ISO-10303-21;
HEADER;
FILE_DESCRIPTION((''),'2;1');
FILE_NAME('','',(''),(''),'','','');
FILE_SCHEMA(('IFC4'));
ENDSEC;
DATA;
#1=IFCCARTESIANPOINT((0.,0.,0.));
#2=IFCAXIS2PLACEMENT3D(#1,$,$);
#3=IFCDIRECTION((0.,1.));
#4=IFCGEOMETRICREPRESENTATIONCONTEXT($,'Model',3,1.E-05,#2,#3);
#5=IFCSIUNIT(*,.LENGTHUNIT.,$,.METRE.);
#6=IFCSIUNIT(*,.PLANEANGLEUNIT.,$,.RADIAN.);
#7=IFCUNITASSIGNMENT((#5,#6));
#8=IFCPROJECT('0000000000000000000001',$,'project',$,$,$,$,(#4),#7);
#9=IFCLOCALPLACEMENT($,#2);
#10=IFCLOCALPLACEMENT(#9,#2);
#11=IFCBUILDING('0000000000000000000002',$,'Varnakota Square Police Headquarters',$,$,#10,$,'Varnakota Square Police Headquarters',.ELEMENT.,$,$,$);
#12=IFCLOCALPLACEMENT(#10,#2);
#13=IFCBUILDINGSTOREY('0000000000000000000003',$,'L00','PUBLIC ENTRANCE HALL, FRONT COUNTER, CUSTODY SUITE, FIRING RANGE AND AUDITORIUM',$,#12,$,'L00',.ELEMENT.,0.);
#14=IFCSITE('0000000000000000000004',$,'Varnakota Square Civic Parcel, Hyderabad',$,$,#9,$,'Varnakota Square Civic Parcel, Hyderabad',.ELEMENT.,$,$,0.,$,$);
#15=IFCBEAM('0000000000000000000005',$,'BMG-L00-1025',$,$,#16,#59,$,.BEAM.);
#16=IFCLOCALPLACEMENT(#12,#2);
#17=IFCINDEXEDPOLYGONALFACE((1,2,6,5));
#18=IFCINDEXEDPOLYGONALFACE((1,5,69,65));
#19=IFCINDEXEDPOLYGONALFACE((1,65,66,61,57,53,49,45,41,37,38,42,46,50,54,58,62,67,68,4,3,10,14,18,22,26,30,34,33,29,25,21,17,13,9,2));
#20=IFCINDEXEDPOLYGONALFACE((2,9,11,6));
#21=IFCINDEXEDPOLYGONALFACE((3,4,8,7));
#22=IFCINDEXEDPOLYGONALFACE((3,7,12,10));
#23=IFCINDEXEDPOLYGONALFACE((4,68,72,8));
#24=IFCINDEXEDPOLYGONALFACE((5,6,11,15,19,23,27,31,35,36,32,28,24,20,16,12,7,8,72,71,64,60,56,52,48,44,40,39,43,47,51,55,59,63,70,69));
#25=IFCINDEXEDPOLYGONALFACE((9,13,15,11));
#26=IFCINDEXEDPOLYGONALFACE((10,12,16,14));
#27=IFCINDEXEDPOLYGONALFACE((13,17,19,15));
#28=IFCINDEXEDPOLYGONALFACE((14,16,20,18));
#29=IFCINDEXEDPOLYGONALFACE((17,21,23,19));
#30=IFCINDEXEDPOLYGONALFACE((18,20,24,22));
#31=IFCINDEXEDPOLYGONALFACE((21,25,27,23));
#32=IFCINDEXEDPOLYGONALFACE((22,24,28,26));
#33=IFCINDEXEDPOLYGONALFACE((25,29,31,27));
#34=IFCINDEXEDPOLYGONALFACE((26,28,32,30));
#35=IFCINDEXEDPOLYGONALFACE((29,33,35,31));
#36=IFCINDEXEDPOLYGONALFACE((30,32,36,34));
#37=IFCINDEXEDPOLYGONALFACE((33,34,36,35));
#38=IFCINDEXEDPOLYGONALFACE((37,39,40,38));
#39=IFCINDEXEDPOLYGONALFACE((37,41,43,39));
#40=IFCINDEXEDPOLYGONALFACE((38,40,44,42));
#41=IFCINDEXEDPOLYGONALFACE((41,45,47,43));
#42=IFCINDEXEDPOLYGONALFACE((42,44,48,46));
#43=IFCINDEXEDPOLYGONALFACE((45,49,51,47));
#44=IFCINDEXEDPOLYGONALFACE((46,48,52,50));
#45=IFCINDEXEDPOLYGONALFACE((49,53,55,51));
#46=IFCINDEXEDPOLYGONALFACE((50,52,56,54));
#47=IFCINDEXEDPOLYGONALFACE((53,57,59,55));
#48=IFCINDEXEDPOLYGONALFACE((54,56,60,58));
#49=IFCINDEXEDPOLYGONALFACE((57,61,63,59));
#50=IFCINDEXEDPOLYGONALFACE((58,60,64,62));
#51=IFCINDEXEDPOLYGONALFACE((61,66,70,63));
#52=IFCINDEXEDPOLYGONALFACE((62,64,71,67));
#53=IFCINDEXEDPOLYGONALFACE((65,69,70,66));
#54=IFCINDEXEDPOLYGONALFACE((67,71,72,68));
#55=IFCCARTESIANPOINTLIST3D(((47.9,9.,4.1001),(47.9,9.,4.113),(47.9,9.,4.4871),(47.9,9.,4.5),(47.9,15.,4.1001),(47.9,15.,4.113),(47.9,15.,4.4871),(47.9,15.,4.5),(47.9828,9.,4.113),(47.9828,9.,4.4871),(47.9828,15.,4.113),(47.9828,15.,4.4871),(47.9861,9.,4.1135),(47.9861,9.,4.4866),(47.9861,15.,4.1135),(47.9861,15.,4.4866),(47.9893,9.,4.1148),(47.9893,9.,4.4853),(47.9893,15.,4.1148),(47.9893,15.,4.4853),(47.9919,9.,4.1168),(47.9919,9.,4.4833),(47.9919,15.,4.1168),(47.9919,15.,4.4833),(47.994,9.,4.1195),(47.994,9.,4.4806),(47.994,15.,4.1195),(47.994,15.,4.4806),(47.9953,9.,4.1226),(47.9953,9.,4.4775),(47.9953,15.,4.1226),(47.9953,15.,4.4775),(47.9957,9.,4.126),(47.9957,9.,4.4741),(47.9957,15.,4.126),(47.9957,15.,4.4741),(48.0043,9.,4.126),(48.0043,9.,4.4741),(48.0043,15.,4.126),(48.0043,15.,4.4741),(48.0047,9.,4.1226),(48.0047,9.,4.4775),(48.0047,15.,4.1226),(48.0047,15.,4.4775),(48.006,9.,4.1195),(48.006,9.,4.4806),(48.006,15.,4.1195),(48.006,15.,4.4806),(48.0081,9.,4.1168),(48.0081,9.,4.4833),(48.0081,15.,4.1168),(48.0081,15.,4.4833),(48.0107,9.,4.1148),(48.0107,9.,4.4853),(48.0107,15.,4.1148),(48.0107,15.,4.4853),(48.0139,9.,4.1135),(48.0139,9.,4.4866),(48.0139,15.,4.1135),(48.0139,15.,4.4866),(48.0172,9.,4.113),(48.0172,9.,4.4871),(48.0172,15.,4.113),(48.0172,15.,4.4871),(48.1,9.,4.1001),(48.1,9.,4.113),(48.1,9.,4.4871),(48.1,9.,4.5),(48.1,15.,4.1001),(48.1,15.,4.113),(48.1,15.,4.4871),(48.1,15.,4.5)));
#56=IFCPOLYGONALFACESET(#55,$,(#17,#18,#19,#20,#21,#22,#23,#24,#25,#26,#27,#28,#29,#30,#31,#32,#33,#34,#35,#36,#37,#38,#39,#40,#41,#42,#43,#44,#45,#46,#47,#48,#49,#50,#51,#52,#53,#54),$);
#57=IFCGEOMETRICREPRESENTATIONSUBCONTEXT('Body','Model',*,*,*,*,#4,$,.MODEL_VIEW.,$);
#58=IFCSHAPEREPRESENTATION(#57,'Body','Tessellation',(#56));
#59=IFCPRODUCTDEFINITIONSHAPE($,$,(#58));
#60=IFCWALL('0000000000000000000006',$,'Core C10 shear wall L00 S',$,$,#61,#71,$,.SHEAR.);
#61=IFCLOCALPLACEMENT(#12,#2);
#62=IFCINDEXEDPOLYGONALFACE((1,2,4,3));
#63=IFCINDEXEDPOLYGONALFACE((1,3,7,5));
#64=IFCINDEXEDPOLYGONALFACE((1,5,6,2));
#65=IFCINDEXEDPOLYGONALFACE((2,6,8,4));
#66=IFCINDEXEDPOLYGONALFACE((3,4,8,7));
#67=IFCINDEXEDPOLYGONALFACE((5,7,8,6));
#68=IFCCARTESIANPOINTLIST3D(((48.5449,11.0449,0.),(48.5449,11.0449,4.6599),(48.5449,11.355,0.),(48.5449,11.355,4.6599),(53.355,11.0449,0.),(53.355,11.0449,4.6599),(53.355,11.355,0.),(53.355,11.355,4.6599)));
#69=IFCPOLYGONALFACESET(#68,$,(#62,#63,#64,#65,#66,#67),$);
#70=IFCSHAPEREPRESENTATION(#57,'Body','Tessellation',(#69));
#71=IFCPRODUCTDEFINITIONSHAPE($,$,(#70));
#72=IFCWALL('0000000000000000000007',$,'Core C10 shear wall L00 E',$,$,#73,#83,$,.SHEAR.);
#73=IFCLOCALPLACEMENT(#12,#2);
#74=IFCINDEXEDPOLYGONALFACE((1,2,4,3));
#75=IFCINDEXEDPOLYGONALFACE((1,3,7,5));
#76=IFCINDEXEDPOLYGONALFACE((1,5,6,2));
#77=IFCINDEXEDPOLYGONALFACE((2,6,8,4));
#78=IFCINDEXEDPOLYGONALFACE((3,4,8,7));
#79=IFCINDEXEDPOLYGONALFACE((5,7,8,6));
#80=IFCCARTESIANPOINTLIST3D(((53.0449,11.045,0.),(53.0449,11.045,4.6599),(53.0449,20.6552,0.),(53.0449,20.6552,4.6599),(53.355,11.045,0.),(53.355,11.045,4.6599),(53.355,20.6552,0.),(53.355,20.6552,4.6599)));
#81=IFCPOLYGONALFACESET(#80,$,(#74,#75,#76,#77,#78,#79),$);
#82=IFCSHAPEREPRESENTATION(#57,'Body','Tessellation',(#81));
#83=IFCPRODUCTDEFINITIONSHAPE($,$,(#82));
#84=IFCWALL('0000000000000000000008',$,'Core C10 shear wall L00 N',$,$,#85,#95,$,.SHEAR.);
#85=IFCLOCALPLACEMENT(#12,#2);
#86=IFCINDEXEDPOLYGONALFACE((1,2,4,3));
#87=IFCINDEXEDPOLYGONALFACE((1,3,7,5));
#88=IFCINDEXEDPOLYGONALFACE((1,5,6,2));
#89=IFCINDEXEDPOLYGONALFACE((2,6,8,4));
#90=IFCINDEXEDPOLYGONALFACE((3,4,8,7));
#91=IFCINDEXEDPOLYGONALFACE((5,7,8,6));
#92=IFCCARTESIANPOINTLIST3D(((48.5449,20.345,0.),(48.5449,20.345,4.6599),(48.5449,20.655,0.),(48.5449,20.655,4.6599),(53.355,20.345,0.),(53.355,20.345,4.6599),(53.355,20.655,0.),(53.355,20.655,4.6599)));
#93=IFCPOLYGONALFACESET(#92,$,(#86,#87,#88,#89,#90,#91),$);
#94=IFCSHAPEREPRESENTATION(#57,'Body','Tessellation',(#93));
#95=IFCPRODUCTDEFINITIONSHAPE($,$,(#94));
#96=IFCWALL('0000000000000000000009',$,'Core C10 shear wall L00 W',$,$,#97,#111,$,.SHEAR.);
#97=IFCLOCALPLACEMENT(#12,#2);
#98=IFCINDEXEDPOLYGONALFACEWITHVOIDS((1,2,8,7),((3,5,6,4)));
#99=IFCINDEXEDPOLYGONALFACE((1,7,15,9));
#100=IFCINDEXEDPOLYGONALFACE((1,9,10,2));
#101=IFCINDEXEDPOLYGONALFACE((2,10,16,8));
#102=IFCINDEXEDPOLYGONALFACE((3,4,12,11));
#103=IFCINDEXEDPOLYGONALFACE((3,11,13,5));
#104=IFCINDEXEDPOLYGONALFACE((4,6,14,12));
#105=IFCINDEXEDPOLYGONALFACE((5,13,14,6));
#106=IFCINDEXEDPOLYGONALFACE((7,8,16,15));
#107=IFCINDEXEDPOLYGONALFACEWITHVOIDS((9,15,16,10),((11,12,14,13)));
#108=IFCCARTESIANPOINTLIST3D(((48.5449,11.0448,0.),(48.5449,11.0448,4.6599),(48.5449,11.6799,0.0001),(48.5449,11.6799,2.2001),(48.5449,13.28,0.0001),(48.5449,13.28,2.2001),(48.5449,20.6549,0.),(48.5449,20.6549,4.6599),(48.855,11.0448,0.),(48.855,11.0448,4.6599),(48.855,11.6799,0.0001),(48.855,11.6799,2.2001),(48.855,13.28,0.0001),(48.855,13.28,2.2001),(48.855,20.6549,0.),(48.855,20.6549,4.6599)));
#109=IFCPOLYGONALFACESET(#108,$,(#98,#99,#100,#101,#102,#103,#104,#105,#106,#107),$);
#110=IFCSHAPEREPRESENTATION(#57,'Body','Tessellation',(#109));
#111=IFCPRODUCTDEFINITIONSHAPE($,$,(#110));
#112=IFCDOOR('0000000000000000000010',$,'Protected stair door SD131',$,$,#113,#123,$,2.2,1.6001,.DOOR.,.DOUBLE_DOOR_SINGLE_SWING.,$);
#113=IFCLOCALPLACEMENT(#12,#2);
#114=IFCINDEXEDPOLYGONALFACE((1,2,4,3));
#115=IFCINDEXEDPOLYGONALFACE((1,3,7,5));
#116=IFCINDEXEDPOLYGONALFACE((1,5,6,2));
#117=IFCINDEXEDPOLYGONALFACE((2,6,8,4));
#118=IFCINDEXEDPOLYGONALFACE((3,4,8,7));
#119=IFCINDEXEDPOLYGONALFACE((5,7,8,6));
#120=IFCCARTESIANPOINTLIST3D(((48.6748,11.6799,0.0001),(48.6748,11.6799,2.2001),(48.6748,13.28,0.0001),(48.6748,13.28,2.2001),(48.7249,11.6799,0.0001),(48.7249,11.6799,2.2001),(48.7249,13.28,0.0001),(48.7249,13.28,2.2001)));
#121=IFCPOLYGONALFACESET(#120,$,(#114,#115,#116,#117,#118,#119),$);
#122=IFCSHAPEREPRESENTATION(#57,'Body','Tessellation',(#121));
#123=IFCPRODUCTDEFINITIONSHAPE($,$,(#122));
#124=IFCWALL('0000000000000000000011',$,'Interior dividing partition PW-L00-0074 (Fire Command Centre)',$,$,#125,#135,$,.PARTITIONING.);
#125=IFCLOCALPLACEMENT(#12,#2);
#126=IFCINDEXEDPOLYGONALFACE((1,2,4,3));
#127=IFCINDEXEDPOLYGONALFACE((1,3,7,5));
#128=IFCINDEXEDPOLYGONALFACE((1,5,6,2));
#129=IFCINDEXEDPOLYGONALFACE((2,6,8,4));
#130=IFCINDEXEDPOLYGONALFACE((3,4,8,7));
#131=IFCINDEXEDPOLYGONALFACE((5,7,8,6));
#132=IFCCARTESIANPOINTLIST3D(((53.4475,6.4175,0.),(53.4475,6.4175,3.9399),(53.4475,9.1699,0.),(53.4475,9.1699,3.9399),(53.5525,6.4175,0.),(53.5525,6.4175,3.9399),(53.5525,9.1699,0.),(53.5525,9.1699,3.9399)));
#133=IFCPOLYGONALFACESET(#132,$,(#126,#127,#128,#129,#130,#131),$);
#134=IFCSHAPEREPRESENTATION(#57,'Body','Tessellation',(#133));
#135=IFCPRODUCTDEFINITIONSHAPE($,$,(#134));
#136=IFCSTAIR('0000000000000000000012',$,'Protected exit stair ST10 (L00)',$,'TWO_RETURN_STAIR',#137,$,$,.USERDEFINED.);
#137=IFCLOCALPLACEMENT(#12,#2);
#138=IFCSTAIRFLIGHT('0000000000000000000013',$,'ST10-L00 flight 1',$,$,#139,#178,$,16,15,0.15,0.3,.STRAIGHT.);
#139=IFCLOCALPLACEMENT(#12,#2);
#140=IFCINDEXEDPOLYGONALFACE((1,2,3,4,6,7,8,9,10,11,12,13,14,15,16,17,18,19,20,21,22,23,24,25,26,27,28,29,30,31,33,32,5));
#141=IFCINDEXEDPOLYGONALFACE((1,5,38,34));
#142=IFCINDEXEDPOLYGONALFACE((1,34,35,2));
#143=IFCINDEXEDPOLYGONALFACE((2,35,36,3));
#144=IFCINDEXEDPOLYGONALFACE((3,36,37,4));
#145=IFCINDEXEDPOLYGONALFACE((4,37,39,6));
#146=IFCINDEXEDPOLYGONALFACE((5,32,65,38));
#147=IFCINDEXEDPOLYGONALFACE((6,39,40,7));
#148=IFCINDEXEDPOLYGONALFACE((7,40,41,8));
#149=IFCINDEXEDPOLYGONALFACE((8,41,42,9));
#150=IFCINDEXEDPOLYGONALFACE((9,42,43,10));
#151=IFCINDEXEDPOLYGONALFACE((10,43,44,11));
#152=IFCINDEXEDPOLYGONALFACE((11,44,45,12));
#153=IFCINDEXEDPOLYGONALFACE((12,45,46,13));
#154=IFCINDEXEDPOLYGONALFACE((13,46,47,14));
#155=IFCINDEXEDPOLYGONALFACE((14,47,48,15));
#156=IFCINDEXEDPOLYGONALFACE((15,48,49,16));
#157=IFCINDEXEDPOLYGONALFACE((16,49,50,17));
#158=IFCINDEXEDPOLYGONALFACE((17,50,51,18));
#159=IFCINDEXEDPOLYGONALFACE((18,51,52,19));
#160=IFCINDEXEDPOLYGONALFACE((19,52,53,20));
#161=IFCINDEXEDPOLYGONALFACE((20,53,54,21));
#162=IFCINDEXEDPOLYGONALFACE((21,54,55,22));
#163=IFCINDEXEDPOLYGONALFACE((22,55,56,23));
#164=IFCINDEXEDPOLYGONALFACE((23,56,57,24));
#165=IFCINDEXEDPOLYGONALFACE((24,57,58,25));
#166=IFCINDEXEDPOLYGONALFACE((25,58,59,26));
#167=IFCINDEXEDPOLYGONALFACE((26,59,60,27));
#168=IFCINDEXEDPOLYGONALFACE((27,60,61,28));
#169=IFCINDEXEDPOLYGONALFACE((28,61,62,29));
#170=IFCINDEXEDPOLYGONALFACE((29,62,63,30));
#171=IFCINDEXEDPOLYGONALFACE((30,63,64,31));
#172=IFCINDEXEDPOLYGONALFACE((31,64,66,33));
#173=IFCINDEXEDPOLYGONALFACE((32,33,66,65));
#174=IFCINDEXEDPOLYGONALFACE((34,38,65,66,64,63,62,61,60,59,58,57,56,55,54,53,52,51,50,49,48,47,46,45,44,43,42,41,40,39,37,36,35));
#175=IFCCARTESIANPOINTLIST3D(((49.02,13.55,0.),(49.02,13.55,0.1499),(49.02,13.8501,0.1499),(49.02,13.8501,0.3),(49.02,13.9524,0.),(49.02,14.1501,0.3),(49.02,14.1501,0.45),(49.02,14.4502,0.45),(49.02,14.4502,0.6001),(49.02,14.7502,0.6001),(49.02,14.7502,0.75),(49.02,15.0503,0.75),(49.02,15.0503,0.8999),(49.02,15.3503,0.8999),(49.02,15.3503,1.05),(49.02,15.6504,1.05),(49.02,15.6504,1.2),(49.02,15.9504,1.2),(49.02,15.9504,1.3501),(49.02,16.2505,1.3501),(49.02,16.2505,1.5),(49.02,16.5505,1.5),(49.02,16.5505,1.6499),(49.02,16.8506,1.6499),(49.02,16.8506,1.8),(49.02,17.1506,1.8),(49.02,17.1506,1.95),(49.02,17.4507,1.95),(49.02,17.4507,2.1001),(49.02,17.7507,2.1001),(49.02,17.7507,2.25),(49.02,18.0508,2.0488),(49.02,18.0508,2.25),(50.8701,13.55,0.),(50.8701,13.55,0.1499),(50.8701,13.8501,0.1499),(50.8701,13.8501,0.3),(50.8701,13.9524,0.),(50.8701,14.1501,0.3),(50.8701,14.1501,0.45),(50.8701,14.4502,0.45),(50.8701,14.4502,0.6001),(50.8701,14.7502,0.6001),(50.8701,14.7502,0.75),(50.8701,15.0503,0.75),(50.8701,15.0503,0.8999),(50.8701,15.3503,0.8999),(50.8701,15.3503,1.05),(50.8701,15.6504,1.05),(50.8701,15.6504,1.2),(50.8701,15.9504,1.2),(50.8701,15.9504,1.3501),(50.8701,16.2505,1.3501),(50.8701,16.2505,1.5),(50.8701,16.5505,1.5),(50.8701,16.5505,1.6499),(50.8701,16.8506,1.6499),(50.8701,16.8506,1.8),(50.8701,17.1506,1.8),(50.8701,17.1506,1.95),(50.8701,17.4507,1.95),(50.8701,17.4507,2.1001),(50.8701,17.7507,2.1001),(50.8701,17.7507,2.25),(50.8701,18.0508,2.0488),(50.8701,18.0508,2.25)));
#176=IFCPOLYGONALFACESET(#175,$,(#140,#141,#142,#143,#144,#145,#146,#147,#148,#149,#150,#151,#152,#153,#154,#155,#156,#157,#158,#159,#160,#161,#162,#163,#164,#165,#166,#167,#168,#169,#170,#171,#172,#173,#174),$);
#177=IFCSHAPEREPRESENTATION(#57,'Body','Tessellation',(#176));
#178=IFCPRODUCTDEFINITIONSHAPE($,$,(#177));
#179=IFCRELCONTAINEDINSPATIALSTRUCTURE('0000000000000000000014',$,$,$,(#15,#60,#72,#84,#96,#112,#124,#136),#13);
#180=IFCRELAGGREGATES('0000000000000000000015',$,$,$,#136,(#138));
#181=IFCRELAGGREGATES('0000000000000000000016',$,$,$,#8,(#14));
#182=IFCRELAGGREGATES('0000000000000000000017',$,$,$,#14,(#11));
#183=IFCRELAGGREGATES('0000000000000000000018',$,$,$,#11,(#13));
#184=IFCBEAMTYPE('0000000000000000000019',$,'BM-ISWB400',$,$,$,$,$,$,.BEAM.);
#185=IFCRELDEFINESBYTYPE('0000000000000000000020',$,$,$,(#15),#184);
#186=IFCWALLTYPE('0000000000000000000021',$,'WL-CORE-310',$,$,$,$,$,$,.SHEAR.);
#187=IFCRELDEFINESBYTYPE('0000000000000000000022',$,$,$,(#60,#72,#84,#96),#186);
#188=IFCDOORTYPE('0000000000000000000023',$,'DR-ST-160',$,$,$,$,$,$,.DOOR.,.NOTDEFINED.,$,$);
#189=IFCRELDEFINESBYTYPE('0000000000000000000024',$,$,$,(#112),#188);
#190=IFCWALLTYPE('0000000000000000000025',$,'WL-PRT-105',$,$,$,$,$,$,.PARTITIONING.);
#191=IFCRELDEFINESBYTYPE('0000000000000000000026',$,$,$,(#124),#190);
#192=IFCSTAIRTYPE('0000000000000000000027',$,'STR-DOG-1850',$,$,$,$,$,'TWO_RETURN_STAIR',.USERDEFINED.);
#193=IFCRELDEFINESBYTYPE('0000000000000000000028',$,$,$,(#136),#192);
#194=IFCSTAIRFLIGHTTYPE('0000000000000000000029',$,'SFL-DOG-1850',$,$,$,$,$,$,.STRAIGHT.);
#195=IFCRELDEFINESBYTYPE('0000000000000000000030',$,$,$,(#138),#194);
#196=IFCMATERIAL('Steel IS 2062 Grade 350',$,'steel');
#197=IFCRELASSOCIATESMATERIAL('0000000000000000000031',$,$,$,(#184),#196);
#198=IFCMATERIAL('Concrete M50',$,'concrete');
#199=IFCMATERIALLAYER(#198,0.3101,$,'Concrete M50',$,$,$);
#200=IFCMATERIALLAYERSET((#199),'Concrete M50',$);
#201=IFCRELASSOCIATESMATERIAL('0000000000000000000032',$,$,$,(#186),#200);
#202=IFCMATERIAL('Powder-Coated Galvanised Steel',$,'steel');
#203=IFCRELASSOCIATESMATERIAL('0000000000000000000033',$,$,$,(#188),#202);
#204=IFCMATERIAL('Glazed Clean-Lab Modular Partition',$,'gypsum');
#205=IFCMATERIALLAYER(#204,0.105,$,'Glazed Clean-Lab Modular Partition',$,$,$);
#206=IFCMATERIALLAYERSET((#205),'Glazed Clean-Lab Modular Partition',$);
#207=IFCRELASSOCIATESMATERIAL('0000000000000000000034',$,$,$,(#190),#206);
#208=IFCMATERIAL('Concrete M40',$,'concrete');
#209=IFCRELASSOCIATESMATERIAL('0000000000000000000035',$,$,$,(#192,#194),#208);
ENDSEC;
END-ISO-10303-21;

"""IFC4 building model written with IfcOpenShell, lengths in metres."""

from ifc_helpers import new_model, si_unit, direction, frame, frame_2d, origin, origin_2d, place, context, subcontext, project, spatial, polyline, rectangle, i_section, outline, extrude, material, layer, layer_set, material_profile, profile_set, type_object, element, fill, aggregate, save


model = new_model("IFC4")

# Units and contexts
model_context = context("Model", 3, precision=1e-05, world=origin(), true_north=direction((0.0, 1.0)))
body_context = subcontext(model_context, "Body", "Model", "MODEL_VIEW")
ifc_project = project(units=[si_unit("LENGTHUNIT", "METRE"), si_unit("PLANEANGLEUNIT", "RADIAN")], contexts=[model_context])

# Site, building, storey
site_placement = place(None, origin())
site = spatial("IfcSite", under=ifc_project, at=site_placement, Name="Varnakota Square Civic Parcel, Hyderabad", LongName="Varnakota Square Civic Parcel, Hyderabad", CompositionType="ELEMENT", RefElevation=0.0)
building_placement = place(site_placement, origin())
building = spatial("IfcBuilding", under=site, at=building_placement, Name="Varnakota Square Police Headquarters", LongName="Varnakota Square Police Headquarters", CompositionType="ELEMENT")
storey_placement = place(building_placement, origin())
storey = spatial("IfcBuildingStorey", under=building, at=storey_placement, Name="L00", Description="PUBLIC ENTRANCE HALL, FRONT COUNTER, CUSTODY SUITE, FIRING RANGE AND AUDITORIUM", LongName="L00", CompositionType="ELEMENT", Elevation=0.0)

# Shared definitions
ifc_material_1 = material(Name="Concrete M40", Category="concrete")

# Beam
ifc_material_2 = material(Name="Steel IS 2062 Grade 350", Category="steel")
ifc_material_profile_1 = material_profile(ifc_material_2, i_section(OverallWidth=0.2, OverallDepth=0.3999, WebThickness=0.0085, FlangeThickness=0.0129, FilletRadius=0.0129, at=origin_2d()), Name="ISWB 400")
ifc_profile_set_1 = profile_set([ifc_material_profile_1], Name="Steel IS 2062 Grade 350")
beam_type_1 = type_object("IfcBeamType", Name="BM-ISWB400", PredefinedType="BEAM", material=ifc_profile_set_1)
beam_1_placement = place(storey_placement, frame((48.0, 9.0, 4.3), z_axis=(0.0, 1.0, 0.0), x_axis=(-1.0, 0.0, 0.0)))
element("IfcBeam", 1, at=beam_1_placement, inside=storey, type_object=beam_type_1, Name="BMG-L00-1025", PredefinedType="BEAM", context=body_context, shape_type="SweptSolid", body=[
    extrude(i_section(OverallWidth=0.2, OverallDepth=0.3999, WebThickness=0.0085, FlangeThickness=0.0129, FilletRadius=0.0129, at=origin_2d()), origin(), (0.0, 0.0, 1.0), 6.0),
])

# Walls
ifc_material_3 = material(Name="Concrete M50", Category="concrete")
ifc_layer_1 = layer(ifc_material_3, 0.3101, Name="Concrete M50")
ifc_layer_set_1 = layer_set([ifc_layer_1], Name="Concrete M50")
wall_type_1 = type_object("IfcWallType", Name="WL-CORE-310", PredefinedType="SHEAR", material=ifc_layer_set_1)
wall_1_placement = place(storey_placement, frame((48.5449, 11.2, 0.0), z_axis=(0.0, 0.0, 1.0), x_axis=(1.0, 0.0, 0.0)))
element("IfcWall", 2, at=wall_1_placement, inside=storey, type_object=wall_type_1, Name="Core C10 shear wall L00 S", PredefinedType="SHEAR", context=body_context, shape_type="SweptSolid", body=[
    extrude(rectangle(XDim=4.8101, YDim=0.3101, at=frame_2d((2.405, 0.0))), origin(), (0.0, 0.0, 1.0), 4.6599),
])
wall_2_placement = place(storey_placement, frame((53.2, 11.0449, 0.0), z_axis=(0.0, 0.0, 1.0), x_axis=(0.0, 1.0, 0.0)))
element("IfcWall", 3, at=wall_2_placement, inside=storey, type_object=wall_type_1, Name="Core C10 shear wall L00 E", PredefinedType="SHEAR", context=body_context, shape_type="SweptSolid", body=[
    extrude(rectangle(XDim=9.6101, YDim=0.3101, at=frame_2d((4.8052, 0.0))), origin(), (0.0, 0.0, 1.0), 4.6599),
])
wall_3_placement = place(storey_placement, frame((53.355, 20.5, 0.0), z_axis=(0.0, 0.0, 1.0), x_axis=(-1.0, 0.0, 0.0)))
element("IfcWall", 4, at=wall_3_placement, inside=storey, type_object=wall_type_1, Name="Core C10 shear wall L00 N", PredefinedType="SHEAR", context=body_context, shape_type="SweptSolid", body=[
    extrude(rectangle(XDim=4.8101, YDim=0.3101, at=frame_2d((2.405, 0.0))), origin(), (0.0, 0.0, 1.0), 4.6599),
])

# Wall, opening, door
wall_4_placement = place(storey_placement, frame((48.7, 20.655, 0.0), z_axis=(0.0, 0.0, 1.0), x_axis=(0.0, -1.0, 0.0)))
wall_4 = element("IfcWall", 5, at=wall_4_placement, inside=storey, type_object=wall_type_1, Name="Core C10 shear wall L00 W", PredefinedType="SHEAR", context=body_context, shape_type="SweptSolid", body=[
    extrude(rectangle(XDim=9.6101, YDim=0.3101, at=frame_2d((4.8052, 0.0))), origin(), (0.0, 0.0, 1.0), 4.6599),
])
opening_placement = place(wall_4_placement, frame((7.375, 0.0, 0.0)))
opening = element("IfcOpeningElement", 6, at=opening_placement, cuts=wall_4, PredefinedType="OPENING", context=body_context, shape_type="SweptSolid", body=[
    extrude(rectangle(XDim=1.6001, YDim=2.2, at=frame_2d((0.8, 1.1001))), frame((0.0, 0.165, 0.0), z_axis=(0.0, -1.0, 0.0), x_axis=(1.0, 0.0, 0.0)), (0.0, 0.0, 1.0), 0.3301),
])
ifc_material_4 = material(Name="Powder-Coated Galvanised Steel", Category="steel")
door_type = type_object("IfcDoorType", Name="DR-ST-160", OperationType="NOTDEFINED", PredefinedType="DOOR", material=ifc_material_4)
door_placement = place(opening_placement, origin())
door = element("IfcDoor", 7, at=door_placement, inside=storey, type_object=door_type, Name="Protected stair door SD131", OperationType="DOUBLE_DOOR_SINGLE_SWING", OverallHeight=2.2, OverallWidth=1.6001, PredefinedType="DOOR", context=body_context, shape_type="SweptSolid", body=[
    extrude(rectangle(XDim=1.6001, YDim=2.2, at=frame_2d((0.8, 1.1001))), frame((0.0, 0.0249, 0.0), z_axis=(0.0, -1.0, 0.0), x_axis=(1.0, 0.0, 0.0)), (0.0, 0.0, 1.0), 0.05),
])
fill(opening, door)

# Wall
ifc_material_5 = material(Name="Glazed Clean-Lab Modular Partition", Category="gypsum")
ifc_layer_2 = layer(ifc_material_5, 0.105, Name="Glazed Clean-Lab Modular Partition")
ifc_layer_set_2 = layer_set([ifc_layer_2], Name="Glazed Clean-Lab Modular Partition")
wall_type_2 = type_object("IfcWallType", Name="WL-PRT-105", PredefinedType="PARTITIONING", material=ifc_layer_set_2)
wall_5_placement = place(storey_placement, frame((53.5, 9.1699, 0.0), z_axis=(0.0, 0.0, 1.0), x_axis=(0.0, -1.0, 0.0)))
element("IfcWall", 8, at=wall_5_placement, inside=storey, type_object=wall_type_2, Name="Interior dividing partition PW-L00-0074 (Fire Command Centre)", PredefinedType="PARTITIONING", context=body_context, shape_type="SweptSolid", body=[
    extrude(rectangle(XDim=2.7524, YDim=0.105, at=frame_2d((1.3762, 0.0))), origin(), (0.0, 0.0, 1.0), 3.9399),
])

# Stair, stair flight
stair_type = type_object("IfcStairType", Name="STR-DOG-1850", ElementType="TWO_RETURN_STAIR", PredefinedType="USERDEFINED", material=ifc_material_1)
stair_placement = place(storey_placement, origin())
stair = element("IfcStair", 9, at=stair_placement, inside=storey, type_object=stair_type, Name="Protected exit stair ST10 (L00)", ObjectType="TWO_RETURN_STAIR", PredefinedType="USERDEFINED")
stair_flight_type = type_object("IfcStairFlightType", Name="SFL-DOG-1850", PredefinedType="STRAIGHT", material=ifc_material_1)
stair_flight_1_placement = place(storey_placement, frame((49.9451, 13.55, 0.0), z_axis=(0.0, 0.0, 1.0), x_axis=(0.0, 1.0, 0.0)))
stair_flight_1 = element("IfcStairFlight", 10, at=stair_flight_1_placement, type_object=stair_flight_type, Name="ST10-L00 flight 1", NumberOfRisers=16, NumberOfTreads=15, PredefinedType="STRAIGHT", RiserHeight=0.15, TreadLength=0.3, context=body_context, shape_type="SweptSolid", body=[
    extrude(outline(polyline([(0.0, 0.0), (0.0, 0.1499), (0.3, 0.1499), (0.3, 0.3), (0.6001, 0.3), (0.6001, 0.45), (0.9001, 0.45), (0.9001, 0.6001), (1.2002, 0.6001), (1.2002, 0.75), (1.5002, 0.75), (1.5002, 0.8999), (1.8003, 0.8999), (1.8003, 1.05), (2.1003, 1.05), (2.1003, 1.2), (2.4004, 1.2), (2.4004, 1.3501), (2.7004, 1.3501), (2.7004, 1.5), (3.0005, 1.5), (3.0005, 1.6499), (3.3005, 1.6499), (3.3005, 1.8), (3.6006, 1.8), (3.6006, 1.95), (3.9006, 1.95), (3.9006, 2.1001), (4.2007, 2.1001), (4.2007, 2.25), (4.5007, 2.25), (4.5007, 2.3999), (4.5007, 2.0488), (0.4023, 0.0), (0.0, 0.0)])), frame((0.0, 0.925, 0.0), z_axis=(0.0, -1.0, 0.0), x_axis=(1.0, 0.0, 0.0)), (0.0, 0.0, 1.0), 1.8501),
])
aggregate(stair, [stair_flight_1])

save(model, "model.ifc")
